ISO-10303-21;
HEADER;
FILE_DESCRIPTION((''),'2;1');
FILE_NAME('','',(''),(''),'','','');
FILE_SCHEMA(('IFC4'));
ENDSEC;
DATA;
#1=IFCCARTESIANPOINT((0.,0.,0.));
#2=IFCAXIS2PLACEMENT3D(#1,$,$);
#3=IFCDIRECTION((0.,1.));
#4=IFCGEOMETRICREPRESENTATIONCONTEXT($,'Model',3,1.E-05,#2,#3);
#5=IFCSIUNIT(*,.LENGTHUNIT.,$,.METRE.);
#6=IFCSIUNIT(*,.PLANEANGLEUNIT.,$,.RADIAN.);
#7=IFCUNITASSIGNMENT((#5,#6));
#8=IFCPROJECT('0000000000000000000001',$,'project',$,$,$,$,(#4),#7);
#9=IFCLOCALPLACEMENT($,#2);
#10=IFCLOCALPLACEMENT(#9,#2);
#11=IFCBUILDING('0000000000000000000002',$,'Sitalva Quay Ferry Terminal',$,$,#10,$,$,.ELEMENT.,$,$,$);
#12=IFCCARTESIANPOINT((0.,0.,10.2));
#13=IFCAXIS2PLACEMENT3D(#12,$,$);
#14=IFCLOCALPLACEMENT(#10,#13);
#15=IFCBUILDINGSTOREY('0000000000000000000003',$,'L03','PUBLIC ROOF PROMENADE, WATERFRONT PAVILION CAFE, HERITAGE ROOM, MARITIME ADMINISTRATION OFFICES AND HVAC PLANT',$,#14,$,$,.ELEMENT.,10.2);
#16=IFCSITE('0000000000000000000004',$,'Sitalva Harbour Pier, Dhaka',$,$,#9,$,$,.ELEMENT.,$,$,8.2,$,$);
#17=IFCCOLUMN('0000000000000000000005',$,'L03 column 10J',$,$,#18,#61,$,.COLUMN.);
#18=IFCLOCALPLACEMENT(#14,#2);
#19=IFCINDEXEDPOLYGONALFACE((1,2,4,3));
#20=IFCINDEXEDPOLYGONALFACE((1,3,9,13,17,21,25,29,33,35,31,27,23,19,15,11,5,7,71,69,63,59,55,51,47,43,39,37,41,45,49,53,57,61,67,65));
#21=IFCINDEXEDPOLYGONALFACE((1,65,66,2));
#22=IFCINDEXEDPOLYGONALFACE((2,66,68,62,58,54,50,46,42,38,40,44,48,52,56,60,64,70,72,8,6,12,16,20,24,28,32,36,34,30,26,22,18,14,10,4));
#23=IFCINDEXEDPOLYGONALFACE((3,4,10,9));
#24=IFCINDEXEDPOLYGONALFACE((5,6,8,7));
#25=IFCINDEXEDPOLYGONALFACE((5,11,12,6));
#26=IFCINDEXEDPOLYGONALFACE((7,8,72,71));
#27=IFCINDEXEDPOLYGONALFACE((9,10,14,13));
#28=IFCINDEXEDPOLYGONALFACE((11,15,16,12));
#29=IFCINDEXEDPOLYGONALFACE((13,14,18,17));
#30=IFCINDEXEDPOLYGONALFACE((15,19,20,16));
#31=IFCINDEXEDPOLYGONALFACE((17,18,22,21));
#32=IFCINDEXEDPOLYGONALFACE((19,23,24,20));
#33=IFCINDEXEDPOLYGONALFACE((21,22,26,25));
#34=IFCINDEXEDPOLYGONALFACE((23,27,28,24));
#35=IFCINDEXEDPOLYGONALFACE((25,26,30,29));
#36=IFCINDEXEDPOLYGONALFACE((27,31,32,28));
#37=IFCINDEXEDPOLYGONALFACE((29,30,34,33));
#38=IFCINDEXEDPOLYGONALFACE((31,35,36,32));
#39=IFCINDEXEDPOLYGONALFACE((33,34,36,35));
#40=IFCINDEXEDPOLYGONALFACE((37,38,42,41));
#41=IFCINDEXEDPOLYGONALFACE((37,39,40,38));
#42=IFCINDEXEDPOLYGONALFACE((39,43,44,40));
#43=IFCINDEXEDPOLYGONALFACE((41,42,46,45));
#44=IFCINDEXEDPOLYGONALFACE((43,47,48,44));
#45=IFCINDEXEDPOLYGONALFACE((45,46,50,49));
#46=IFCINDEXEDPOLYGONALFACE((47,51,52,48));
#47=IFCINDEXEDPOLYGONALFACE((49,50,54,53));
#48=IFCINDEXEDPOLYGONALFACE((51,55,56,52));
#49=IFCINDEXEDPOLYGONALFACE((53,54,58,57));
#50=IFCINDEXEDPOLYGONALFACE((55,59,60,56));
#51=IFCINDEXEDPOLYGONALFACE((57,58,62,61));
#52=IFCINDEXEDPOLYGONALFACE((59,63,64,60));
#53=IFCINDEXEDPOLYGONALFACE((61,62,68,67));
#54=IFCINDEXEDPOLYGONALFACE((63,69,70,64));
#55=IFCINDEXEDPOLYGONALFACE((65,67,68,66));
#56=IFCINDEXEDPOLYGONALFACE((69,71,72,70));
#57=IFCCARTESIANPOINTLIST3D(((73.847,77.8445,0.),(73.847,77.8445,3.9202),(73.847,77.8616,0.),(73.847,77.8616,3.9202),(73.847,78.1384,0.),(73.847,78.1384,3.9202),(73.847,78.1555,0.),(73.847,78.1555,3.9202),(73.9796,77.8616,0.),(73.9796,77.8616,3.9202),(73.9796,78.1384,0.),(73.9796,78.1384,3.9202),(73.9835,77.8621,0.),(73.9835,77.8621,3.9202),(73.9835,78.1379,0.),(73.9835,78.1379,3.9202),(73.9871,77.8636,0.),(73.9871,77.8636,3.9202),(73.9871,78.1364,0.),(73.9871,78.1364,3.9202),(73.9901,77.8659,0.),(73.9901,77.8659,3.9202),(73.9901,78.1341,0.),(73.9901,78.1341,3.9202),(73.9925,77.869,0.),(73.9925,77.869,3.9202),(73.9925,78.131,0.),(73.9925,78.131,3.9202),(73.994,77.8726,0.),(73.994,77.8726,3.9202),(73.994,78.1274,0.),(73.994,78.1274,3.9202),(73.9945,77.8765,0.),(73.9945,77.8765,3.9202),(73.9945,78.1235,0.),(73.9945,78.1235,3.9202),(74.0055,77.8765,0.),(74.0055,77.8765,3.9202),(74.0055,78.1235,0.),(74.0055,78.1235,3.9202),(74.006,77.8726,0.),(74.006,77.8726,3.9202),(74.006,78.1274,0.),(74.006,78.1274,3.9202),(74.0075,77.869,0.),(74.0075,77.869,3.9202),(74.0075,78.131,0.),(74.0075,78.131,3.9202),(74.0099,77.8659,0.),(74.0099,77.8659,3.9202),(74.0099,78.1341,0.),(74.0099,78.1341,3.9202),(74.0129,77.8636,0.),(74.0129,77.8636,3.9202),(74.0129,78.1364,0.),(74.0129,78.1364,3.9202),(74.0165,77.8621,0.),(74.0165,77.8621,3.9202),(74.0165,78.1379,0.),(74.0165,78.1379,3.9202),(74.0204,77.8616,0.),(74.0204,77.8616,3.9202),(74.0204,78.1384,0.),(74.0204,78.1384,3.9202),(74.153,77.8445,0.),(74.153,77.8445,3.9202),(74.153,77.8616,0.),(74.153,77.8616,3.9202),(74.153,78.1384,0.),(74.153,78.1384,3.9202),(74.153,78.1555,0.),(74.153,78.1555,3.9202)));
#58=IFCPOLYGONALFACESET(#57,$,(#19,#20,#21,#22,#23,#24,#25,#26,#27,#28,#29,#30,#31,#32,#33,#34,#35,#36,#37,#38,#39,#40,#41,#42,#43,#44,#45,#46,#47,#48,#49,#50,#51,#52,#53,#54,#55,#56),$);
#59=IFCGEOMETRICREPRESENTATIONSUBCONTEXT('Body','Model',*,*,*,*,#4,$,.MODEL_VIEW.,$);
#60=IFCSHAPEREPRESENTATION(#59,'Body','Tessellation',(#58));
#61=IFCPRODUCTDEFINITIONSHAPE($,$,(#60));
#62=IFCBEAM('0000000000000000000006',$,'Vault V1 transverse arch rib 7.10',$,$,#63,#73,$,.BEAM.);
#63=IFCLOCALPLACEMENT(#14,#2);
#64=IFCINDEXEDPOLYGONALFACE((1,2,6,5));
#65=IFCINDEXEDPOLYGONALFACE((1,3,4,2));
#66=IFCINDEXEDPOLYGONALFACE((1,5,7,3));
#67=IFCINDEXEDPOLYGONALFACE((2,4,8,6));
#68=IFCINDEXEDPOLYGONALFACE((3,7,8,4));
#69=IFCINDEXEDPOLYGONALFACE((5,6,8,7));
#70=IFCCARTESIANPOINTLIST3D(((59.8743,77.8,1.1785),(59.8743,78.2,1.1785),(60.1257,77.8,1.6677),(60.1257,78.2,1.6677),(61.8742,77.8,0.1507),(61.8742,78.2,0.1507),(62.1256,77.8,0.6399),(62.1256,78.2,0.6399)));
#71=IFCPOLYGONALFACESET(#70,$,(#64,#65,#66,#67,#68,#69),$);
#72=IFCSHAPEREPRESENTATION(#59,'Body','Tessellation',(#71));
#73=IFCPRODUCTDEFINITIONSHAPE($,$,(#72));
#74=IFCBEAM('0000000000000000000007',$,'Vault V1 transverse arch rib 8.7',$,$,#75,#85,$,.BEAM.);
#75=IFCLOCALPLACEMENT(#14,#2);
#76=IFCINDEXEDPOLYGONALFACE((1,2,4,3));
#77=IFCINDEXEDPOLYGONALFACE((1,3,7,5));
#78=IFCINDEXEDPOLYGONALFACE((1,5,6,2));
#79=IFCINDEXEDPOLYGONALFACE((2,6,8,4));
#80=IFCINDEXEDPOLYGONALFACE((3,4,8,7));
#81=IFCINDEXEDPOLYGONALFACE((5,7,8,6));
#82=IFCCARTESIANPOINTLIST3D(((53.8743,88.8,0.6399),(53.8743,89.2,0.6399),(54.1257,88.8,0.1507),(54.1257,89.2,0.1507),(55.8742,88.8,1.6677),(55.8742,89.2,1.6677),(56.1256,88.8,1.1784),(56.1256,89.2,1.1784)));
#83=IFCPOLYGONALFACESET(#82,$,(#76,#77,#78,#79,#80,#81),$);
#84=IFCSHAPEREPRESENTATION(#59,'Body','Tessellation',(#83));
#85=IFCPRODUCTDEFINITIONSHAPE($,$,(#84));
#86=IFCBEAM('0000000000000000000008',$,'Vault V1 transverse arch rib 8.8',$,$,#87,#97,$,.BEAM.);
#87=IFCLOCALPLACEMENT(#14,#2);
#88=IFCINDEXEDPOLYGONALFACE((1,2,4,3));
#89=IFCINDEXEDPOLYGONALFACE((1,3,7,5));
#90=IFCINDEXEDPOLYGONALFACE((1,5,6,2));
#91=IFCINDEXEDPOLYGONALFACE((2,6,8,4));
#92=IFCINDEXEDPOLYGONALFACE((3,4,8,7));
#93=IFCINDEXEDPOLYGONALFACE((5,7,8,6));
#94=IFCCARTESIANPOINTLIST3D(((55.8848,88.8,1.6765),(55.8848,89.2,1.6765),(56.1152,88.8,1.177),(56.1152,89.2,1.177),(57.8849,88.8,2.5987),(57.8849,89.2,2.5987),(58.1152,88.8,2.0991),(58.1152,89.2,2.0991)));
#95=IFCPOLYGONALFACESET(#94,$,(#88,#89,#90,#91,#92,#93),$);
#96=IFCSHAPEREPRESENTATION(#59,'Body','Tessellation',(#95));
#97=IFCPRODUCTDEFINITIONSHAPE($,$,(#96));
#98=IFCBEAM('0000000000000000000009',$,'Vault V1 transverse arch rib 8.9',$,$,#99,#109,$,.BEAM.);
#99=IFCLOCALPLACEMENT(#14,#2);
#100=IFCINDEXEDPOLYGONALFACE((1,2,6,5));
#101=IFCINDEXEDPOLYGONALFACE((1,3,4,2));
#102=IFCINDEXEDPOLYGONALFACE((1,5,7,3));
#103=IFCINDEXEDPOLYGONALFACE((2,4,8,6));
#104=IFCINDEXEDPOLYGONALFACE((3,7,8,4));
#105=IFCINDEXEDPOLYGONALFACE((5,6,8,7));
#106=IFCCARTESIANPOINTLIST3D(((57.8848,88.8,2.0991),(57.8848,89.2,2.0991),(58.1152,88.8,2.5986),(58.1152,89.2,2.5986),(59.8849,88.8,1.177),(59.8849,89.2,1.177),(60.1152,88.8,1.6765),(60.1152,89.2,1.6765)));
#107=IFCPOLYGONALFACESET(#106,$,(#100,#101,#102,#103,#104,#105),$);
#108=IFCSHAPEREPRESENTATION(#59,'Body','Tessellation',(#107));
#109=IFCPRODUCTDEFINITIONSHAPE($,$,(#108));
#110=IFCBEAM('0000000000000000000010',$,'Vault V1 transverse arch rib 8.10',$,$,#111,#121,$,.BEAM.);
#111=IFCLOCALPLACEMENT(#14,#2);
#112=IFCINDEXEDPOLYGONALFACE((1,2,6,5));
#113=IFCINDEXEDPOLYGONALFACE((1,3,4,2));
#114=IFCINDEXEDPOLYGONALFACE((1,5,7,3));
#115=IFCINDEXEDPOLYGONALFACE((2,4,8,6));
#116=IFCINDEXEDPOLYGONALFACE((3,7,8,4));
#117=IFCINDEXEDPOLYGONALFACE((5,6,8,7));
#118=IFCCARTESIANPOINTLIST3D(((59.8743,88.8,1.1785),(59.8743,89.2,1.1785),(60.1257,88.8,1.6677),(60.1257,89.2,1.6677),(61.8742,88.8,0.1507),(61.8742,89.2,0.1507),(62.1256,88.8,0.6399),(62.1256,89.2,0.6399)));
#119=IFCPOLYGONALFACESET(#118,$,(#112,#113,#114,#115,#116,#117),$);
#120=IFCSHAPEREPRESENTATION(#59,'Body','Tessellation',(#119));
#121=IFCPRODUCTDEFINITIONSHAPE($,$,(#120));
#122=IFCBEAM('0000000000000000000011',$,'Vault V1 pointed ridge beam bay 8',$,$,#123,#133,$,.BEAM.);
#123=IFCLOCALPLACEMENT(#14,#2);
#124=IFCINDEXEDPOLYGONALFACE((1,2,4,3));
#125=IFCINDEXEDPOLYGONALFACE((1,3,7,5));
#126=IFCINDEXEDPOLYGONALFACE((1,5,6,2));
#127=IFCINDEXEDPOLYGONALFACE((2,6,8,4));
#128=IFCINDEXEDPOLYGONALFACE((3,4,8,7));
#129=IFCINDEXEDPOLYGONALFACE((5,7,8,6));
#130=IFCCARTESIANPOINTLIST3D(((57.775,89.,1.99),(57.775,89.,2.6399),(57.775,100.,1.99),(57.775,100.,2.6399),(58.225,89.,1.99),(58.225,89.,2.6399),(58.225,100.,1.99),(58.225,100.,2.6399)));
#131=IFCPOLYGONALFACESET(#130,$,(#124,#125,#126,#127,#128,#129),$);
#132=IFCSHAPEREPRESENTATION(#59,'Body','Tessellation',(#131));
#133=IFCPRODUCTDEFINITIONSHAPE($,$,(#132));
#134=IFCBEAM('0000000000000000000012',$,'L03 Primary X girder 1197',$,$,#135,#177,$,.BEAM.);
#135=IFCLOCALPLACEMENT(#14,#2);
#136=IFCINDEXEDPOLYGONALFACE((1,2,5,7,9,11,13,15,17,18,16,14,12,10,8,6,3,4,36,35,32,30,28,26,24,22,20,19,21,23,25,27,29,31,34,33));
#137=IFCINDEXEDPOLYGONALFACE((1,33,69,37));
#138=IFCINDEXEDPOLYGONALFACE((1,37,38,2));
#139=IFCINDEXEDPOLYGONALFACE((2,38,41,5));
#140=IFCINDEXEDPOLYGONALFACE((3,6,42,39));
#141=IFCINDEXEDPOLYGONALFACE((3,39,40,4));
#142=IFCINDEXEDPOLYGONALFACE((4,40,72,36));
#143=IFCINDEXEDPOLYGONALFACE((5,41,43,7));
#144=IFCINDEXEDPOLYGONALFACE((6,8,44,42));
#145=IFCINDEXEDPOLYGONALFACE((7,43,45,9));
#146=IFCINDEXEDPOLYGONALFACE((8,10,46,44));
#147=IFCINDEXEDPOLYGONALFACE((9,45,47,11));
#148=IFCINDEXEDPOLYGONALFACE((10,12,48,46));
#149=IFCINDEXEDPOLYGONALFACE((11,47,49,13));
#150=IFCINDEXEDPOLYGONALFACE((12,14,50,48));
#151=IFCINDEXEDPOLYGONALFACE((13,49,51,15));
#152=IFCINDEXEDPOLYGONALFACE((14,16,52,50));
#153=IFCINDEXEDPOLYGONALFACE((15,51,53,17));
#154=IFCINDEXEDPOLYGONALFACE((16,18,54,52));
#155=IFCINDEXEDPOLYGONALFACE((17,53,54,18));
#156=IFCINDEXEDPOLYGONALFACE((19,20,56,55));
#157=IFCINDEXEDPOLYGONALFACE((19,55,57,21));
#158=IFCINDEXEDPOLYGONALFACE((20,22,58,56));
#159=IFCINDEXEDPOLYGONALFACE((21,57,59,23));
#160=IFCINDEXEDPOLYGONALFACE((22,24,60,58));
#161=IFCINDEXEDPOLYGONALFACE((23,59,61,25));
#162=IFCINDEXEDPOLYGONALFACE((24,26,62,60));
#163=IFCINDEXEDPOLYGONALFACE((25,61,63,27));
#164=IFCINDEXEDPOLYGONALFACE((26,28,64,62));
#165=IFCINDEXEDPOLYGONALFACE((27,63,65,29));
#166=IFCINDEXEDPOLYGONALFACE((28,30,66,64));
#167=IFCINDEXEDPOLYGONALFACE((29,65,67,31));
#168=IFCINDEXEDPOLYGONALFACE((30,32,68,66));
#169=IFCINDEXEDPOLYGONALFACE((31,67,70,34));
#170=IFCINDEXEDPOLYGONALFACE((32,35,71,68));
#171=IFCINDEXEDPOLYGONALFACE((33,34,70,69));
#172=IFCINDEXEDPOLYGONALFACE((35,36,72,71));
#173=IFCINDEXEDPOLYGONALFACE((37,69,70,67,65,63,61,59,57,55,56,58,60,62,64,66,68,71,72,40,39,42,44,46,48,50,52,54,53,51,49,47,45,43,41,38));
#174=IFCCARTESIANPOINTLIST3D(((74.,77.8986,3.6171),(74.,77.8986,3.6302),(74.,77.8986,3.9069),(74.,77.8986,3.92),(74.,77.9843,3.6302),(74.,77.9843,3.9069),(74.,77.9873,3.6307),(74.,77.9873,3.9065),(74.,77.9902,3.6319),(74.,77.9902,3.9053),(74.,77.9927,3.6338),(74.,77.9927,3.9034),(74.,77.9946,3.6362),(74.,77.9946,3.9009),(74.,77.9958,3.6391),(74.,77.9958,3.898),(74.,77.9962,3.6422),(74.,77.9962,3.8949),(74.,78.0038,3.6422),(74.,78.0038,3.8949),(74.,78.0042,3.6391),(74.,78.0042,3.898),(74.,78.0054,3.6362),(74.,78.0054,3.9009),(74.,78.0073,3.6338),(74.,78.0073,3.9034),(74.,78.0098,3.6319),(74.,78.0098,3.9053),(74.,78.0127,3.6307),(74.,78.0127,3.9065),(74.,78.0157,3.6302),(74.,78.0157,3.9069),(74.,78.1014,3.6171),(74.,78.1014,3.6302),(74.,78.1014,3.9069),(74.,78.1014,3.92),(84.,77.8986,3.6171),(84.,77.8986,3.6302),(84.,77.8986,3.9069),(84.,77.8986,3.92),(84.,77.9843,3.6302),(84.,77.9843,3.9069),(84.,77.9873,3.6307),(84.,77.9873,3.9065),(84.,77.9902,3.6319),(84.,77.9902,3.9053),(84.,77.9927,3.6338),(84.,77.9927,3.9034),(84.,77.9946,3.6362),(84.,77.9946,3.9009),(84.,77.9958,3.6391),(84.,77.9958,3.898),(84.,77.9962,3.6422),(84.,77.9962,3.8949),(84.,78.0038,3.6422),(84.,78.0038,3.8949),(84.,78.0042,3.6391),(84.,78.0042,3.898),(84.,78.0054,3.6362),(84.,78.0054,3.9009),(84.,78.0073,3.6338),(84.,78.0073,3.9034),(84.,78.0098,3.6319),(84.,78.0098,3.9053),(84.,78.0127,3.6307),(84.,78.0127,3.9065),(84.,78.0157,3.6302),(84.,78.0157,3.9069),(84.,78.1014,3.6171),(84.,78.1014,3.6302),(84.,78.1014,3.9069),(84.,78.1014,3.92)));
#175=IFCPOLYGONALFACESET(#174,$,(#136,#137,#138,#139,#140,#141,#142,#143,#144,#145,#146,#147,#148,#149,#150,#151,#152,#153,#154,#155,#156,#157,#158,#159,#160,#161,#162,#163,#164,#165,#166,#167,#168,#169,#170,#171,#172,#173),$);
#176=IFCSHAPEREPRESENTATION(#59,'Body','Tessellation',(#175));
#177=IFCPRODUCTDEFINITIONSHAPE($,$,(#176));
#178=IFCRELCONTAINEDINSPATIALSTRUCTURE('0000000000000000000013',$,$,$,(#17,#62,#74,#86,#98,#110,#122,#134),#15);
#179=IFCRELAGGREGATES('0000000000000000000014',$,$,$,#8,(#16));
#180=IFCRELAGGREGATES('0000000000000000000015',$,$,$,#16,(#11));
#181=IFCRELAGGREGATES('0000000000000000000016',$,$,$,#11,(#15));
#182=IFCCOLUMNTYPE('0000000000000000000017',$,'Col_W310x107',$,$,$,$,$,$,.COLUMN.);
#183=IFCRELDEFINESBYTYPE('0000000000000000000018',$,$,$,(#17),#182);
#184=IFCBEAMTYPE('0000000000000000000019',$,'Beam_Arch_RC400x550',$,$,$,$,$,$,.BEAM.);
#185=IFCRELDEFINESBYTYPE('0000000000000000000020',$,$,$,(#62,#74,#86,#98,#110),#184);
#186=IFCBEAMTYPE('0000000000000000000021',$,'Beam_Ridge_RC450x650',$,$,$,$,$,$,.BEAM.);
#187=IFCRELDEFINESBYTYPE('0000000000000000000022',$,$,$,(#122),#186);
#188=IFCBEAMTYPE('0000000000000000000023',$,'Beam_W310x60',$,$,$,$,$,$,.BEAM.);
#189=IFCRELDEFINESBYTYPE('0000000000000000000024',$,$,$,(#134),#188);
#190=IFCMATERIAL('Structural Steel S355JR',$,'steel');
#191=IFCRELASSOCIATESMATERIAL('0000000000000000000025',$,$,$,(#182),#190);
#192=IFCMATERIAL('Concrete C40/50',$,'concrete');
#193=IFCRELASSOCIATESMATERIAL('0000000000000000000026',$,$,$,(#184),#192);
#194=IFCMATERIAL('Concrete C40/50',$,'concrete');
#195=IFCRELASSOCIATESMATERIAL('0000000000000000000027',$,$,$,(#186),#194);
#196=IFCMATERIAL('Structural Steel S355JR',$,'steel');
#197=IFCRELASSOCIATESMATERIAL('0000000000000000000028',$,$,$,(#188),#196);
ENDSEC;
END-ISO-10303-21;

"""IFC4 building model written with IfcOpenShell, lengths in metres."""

from ifc_helpers import new_model, si_unit, direction, frame, origin, origin_2d, place, context, subcontext, project, spatial, rectangle, i_section, extrude, material, material_profile, profile_set, type_object, element, save


model = new_model("IFC4")

# Units and contexts
model_context = context("Model", 3, precision=1e-05, world=origin(), true_north=direction((0.0, 1.0)))
body_context = subcontext(model_context, "Body", "Model", "MODEL_VIEW")
ifc_project = project(units=[si_unit("LENGTHUNIT", "METRE"), si_unit("PLANEANGLEUNIT", "RADIAN")], contexts=[model_context])

# Site, building, storey
site_placement = place(None, origin())
site = spatial("IfcSite", under=ifc_project, at=site_placement, Name="Sitalva Harbour Pier, Dhaka", CompositionType="ELEMENT", RefElevation=8.2)
building_placement = place(site_placement, origin())
building = spatial("IfcBuilding", under=site, at=building_placement, Name="Sitalva Quay Ferry Terminal", CompositionType="ELEMENT")
storey_placement = place(building_placement, frame((0.0, 0.0, 10.2)))
storey = spatial("IfcBuildingStorey", under=building, at=storey_placement, Name="L03", Description="PUBLIC ROOF PROMENADE, WATERFRONT PAVILION CAFE, HERITAGE ROOM, MARITIME ADMINISTRATION OFFICES AND HVAC PLANT", CompositionType="ELEMENT", Elevation=10.2)

# Column
ifc_material_1 = material(Name="Structural Steel S355JR", Category="steel")
ifc_material_profile_1 = material_profile(ifc_material_1, i_section(OverallWidth=0.3059, OverallDepth=0.311, WebThickness=0.011, FlangeThickness=0.0171, FilletRadius=0.0149, at=origin_2d()), Name="W310x107")
ifc_profile_set_1 = profile_set([ifc_material_profile_1], Name="Structural Steel S355JR")
column_type = type_object("IfcColumnType", Name="Col_W310x107", PredefinedType="COLUMN", material=ifc_profile_set_1)
column_placement = place(storey_placement, frame((74.0, 78.0, 0.0), z_axis=(0.0, 0.0, 1.0), x_axis=(1.0, 0.0, 0.0)))
element("IfcColumn", 1, at=column_placement, inside=storey, type_object=column_type, Name="L03 column 10J", PredefinedType="COLUMN", context=body_context, shape_type="SweptSolid", body=[
    extrude(i_section(OverallWidth=0.3059, OverallDepth=0.311, WebThickness=0.011, FlangeThickness=0.0171, FilletRadius=0.0149, at=origin_2d()), origin(), (0.0, 0.0, 1.0), 3.9202),
])

# Beams
ifc_material_2 = material(Name="Concrete C40/50", Category="concrete")
ifc_material_profile_2 = material_profile(ifc_material_2, rectangle(XDim=0.3999, YDim=0.55, at=origin_2d()), Name="RC400x550")
ifc_profile_set_2 = profile_set([ifc_material_profile_2], Name="Concrete C40/50")
beam_type_1 = type_object("IfcBeamType", Name="Beam_Arch_RC400x550", PredefinedType="BEAM", material=ifc_profile_set_2)
for number, where, z_axis, x_axis, name in (
    (2, (60.0, 78.0, 1.4231), (0.889421, 0.0, -0.457088), (0.0, 1.0, 0.0), "Vault V1 transverse arch rib 7.10"),
    (3, (54.0, 89.0, 0.3953), (0.889421, 0.0, 0.457088), (0.0, 1.0, 0.0), "Vault V1 transverse arch rib 8.7"),
):
    element("IfcBeam", number, at=place(storey_placement, frame(where, z_axis=z_axis, x_axis=x_axis)), inside=storey, type_object=beam_type_1, Name=name, PredefinedType="BEAM", context=body_context, shape_type="SweptSolid", body=[
        extrude(rectangle(XDim=0.3999, YDim=0.55, at=origin_2d()), origin(), (0.0, 0.0, 1.0), 2.2485),
    ])
for number, where, z_axis, x_axis, name in (
    (4, (56.0, 89.0, 1.4268), (0.908125, 0.0, 0.4187), (0.0, 1.0, 0.0), "Vault V1 transverse arch rib 8.8"),
    (5, (58.0, 89.0, 2.3489), (0.908125, 0.0, -0.4187), (0.0, 1.0, 0.0), "Vault V1 transverse arch rib 8.9"),
):
    element("IfcBeam", number, at=place(storey_placement, frame(where, z_axis=z_axis, x_axis=x_axis)), inside=storey, type_object=beam_type_1, Name=name, PredefinedType="BEAM", context=body_context, shape_type="SweptSolid", body=[
        extrude(rectangle(XDim=0.3999, YDim=0.55, at=origin_2d()), origin(), (0.0, 0.0, 1.0), 2.2024),
    ])
beam_1_placement = place(storey_placement, frame((60.0, 89.0, 1.4231), z_axis=(0.889421, 0.0, -0.457088), x_axis=(0.0, 1.0, 0.0)))
element("IfcBeam", 6, at=beam_1_placement, inside=storey, type_object=beam_type_1, Name="Vault V1 transverse arch rib 8.10", PredefinedType="BEAM", context=body_context, shape_type="SweptSolid", body=[
    extrude(rectangle(XDim=0.3999, YDim=0.55, at=origin_2d()), origin(), (0.0, 0.0, 1.0), 2.2485),
])
ifc_material_3 = material(Name="Concrete C40/50", Category="concrete")
ifc_material_profile_3 = material_profile(ifc_material_3, rectangle(XDim=0.45, YDim=0.6499, at=origin_2d()), Name="RC450x650")
ifc_profile_set_3 = profile_set([ifc_material_profile_3], Name="Concrete C40/50")
beam_type_2 = type_object("IfcBeamType", Name="Beam_Ridge_RC450x650", PredefinedType="BEAM", material=ifc_profile_set_3)
beam_2_placement = place(storey_placement, frame((58.0, 89.0, 2.3149), z_axis=(0.0, 1.0, 0.0), x_axis=(-1.0, 0.0, 0.0)))
element("IfcBeam", 7, at=beam_2_placement, inside=storey, type_object=beam_type_2, Name="Vault V1 pointed ridge beam bay 8", PredefinedType="BEAM", context=body_context, shape_type="SweptSolid", body=[
    extrude(rectangle(XDim=0.45, YDim=0.6499, at=origin_2d()), origin(), (0.0, 0.0, 1.0), 11.0),
])
ifc_material_4 = material(Name="Structural Steel S355JR", Category="steel")
ifc_material_profile_4 = material_profile(ifc_material_4, i_section(OverallWidth=0.2029, OverallDepth=0.303, WebThickness=0.0076, FlangeThickness=0.0132, FilletRadius=0.012, at=origin_2d()), Name="W310x60")
ifc_profile_set_4 = profile_set([ifc_material_profile_4], Name="Structural Steel S355JR")
beam_type_3 = type_object("IfcBeamType", Name="Beam_W310x60", PredefinedType="BEAM", material=ifc_profile_set_4)
beam_3_placement = place(storey_placement, frame((74.0, 78.0, 3.7686), z_axis=(1.0, 0.0, 0.0), x_axis=(0.0, 1.0, 0.0)))
element("IfcBeam", 8, at=beam_3_placement, inside=storey, type_object=beam_type_3, Name="L03 Primary X girder 1197", PredefinedType="BEAM", context=body_context, shape_type="SweptSolid", body=[
    extrude(i_section(OverallWidth=0.2029, OverallDepth=0.303, WebThickness=0.0076, FlangeThickness=0.0132, FilletRadius=0.012, at=origin_2d()), origin(), (0.0, 0.0, 1.0), 10.0),
])

save(model, "model.ifc")
